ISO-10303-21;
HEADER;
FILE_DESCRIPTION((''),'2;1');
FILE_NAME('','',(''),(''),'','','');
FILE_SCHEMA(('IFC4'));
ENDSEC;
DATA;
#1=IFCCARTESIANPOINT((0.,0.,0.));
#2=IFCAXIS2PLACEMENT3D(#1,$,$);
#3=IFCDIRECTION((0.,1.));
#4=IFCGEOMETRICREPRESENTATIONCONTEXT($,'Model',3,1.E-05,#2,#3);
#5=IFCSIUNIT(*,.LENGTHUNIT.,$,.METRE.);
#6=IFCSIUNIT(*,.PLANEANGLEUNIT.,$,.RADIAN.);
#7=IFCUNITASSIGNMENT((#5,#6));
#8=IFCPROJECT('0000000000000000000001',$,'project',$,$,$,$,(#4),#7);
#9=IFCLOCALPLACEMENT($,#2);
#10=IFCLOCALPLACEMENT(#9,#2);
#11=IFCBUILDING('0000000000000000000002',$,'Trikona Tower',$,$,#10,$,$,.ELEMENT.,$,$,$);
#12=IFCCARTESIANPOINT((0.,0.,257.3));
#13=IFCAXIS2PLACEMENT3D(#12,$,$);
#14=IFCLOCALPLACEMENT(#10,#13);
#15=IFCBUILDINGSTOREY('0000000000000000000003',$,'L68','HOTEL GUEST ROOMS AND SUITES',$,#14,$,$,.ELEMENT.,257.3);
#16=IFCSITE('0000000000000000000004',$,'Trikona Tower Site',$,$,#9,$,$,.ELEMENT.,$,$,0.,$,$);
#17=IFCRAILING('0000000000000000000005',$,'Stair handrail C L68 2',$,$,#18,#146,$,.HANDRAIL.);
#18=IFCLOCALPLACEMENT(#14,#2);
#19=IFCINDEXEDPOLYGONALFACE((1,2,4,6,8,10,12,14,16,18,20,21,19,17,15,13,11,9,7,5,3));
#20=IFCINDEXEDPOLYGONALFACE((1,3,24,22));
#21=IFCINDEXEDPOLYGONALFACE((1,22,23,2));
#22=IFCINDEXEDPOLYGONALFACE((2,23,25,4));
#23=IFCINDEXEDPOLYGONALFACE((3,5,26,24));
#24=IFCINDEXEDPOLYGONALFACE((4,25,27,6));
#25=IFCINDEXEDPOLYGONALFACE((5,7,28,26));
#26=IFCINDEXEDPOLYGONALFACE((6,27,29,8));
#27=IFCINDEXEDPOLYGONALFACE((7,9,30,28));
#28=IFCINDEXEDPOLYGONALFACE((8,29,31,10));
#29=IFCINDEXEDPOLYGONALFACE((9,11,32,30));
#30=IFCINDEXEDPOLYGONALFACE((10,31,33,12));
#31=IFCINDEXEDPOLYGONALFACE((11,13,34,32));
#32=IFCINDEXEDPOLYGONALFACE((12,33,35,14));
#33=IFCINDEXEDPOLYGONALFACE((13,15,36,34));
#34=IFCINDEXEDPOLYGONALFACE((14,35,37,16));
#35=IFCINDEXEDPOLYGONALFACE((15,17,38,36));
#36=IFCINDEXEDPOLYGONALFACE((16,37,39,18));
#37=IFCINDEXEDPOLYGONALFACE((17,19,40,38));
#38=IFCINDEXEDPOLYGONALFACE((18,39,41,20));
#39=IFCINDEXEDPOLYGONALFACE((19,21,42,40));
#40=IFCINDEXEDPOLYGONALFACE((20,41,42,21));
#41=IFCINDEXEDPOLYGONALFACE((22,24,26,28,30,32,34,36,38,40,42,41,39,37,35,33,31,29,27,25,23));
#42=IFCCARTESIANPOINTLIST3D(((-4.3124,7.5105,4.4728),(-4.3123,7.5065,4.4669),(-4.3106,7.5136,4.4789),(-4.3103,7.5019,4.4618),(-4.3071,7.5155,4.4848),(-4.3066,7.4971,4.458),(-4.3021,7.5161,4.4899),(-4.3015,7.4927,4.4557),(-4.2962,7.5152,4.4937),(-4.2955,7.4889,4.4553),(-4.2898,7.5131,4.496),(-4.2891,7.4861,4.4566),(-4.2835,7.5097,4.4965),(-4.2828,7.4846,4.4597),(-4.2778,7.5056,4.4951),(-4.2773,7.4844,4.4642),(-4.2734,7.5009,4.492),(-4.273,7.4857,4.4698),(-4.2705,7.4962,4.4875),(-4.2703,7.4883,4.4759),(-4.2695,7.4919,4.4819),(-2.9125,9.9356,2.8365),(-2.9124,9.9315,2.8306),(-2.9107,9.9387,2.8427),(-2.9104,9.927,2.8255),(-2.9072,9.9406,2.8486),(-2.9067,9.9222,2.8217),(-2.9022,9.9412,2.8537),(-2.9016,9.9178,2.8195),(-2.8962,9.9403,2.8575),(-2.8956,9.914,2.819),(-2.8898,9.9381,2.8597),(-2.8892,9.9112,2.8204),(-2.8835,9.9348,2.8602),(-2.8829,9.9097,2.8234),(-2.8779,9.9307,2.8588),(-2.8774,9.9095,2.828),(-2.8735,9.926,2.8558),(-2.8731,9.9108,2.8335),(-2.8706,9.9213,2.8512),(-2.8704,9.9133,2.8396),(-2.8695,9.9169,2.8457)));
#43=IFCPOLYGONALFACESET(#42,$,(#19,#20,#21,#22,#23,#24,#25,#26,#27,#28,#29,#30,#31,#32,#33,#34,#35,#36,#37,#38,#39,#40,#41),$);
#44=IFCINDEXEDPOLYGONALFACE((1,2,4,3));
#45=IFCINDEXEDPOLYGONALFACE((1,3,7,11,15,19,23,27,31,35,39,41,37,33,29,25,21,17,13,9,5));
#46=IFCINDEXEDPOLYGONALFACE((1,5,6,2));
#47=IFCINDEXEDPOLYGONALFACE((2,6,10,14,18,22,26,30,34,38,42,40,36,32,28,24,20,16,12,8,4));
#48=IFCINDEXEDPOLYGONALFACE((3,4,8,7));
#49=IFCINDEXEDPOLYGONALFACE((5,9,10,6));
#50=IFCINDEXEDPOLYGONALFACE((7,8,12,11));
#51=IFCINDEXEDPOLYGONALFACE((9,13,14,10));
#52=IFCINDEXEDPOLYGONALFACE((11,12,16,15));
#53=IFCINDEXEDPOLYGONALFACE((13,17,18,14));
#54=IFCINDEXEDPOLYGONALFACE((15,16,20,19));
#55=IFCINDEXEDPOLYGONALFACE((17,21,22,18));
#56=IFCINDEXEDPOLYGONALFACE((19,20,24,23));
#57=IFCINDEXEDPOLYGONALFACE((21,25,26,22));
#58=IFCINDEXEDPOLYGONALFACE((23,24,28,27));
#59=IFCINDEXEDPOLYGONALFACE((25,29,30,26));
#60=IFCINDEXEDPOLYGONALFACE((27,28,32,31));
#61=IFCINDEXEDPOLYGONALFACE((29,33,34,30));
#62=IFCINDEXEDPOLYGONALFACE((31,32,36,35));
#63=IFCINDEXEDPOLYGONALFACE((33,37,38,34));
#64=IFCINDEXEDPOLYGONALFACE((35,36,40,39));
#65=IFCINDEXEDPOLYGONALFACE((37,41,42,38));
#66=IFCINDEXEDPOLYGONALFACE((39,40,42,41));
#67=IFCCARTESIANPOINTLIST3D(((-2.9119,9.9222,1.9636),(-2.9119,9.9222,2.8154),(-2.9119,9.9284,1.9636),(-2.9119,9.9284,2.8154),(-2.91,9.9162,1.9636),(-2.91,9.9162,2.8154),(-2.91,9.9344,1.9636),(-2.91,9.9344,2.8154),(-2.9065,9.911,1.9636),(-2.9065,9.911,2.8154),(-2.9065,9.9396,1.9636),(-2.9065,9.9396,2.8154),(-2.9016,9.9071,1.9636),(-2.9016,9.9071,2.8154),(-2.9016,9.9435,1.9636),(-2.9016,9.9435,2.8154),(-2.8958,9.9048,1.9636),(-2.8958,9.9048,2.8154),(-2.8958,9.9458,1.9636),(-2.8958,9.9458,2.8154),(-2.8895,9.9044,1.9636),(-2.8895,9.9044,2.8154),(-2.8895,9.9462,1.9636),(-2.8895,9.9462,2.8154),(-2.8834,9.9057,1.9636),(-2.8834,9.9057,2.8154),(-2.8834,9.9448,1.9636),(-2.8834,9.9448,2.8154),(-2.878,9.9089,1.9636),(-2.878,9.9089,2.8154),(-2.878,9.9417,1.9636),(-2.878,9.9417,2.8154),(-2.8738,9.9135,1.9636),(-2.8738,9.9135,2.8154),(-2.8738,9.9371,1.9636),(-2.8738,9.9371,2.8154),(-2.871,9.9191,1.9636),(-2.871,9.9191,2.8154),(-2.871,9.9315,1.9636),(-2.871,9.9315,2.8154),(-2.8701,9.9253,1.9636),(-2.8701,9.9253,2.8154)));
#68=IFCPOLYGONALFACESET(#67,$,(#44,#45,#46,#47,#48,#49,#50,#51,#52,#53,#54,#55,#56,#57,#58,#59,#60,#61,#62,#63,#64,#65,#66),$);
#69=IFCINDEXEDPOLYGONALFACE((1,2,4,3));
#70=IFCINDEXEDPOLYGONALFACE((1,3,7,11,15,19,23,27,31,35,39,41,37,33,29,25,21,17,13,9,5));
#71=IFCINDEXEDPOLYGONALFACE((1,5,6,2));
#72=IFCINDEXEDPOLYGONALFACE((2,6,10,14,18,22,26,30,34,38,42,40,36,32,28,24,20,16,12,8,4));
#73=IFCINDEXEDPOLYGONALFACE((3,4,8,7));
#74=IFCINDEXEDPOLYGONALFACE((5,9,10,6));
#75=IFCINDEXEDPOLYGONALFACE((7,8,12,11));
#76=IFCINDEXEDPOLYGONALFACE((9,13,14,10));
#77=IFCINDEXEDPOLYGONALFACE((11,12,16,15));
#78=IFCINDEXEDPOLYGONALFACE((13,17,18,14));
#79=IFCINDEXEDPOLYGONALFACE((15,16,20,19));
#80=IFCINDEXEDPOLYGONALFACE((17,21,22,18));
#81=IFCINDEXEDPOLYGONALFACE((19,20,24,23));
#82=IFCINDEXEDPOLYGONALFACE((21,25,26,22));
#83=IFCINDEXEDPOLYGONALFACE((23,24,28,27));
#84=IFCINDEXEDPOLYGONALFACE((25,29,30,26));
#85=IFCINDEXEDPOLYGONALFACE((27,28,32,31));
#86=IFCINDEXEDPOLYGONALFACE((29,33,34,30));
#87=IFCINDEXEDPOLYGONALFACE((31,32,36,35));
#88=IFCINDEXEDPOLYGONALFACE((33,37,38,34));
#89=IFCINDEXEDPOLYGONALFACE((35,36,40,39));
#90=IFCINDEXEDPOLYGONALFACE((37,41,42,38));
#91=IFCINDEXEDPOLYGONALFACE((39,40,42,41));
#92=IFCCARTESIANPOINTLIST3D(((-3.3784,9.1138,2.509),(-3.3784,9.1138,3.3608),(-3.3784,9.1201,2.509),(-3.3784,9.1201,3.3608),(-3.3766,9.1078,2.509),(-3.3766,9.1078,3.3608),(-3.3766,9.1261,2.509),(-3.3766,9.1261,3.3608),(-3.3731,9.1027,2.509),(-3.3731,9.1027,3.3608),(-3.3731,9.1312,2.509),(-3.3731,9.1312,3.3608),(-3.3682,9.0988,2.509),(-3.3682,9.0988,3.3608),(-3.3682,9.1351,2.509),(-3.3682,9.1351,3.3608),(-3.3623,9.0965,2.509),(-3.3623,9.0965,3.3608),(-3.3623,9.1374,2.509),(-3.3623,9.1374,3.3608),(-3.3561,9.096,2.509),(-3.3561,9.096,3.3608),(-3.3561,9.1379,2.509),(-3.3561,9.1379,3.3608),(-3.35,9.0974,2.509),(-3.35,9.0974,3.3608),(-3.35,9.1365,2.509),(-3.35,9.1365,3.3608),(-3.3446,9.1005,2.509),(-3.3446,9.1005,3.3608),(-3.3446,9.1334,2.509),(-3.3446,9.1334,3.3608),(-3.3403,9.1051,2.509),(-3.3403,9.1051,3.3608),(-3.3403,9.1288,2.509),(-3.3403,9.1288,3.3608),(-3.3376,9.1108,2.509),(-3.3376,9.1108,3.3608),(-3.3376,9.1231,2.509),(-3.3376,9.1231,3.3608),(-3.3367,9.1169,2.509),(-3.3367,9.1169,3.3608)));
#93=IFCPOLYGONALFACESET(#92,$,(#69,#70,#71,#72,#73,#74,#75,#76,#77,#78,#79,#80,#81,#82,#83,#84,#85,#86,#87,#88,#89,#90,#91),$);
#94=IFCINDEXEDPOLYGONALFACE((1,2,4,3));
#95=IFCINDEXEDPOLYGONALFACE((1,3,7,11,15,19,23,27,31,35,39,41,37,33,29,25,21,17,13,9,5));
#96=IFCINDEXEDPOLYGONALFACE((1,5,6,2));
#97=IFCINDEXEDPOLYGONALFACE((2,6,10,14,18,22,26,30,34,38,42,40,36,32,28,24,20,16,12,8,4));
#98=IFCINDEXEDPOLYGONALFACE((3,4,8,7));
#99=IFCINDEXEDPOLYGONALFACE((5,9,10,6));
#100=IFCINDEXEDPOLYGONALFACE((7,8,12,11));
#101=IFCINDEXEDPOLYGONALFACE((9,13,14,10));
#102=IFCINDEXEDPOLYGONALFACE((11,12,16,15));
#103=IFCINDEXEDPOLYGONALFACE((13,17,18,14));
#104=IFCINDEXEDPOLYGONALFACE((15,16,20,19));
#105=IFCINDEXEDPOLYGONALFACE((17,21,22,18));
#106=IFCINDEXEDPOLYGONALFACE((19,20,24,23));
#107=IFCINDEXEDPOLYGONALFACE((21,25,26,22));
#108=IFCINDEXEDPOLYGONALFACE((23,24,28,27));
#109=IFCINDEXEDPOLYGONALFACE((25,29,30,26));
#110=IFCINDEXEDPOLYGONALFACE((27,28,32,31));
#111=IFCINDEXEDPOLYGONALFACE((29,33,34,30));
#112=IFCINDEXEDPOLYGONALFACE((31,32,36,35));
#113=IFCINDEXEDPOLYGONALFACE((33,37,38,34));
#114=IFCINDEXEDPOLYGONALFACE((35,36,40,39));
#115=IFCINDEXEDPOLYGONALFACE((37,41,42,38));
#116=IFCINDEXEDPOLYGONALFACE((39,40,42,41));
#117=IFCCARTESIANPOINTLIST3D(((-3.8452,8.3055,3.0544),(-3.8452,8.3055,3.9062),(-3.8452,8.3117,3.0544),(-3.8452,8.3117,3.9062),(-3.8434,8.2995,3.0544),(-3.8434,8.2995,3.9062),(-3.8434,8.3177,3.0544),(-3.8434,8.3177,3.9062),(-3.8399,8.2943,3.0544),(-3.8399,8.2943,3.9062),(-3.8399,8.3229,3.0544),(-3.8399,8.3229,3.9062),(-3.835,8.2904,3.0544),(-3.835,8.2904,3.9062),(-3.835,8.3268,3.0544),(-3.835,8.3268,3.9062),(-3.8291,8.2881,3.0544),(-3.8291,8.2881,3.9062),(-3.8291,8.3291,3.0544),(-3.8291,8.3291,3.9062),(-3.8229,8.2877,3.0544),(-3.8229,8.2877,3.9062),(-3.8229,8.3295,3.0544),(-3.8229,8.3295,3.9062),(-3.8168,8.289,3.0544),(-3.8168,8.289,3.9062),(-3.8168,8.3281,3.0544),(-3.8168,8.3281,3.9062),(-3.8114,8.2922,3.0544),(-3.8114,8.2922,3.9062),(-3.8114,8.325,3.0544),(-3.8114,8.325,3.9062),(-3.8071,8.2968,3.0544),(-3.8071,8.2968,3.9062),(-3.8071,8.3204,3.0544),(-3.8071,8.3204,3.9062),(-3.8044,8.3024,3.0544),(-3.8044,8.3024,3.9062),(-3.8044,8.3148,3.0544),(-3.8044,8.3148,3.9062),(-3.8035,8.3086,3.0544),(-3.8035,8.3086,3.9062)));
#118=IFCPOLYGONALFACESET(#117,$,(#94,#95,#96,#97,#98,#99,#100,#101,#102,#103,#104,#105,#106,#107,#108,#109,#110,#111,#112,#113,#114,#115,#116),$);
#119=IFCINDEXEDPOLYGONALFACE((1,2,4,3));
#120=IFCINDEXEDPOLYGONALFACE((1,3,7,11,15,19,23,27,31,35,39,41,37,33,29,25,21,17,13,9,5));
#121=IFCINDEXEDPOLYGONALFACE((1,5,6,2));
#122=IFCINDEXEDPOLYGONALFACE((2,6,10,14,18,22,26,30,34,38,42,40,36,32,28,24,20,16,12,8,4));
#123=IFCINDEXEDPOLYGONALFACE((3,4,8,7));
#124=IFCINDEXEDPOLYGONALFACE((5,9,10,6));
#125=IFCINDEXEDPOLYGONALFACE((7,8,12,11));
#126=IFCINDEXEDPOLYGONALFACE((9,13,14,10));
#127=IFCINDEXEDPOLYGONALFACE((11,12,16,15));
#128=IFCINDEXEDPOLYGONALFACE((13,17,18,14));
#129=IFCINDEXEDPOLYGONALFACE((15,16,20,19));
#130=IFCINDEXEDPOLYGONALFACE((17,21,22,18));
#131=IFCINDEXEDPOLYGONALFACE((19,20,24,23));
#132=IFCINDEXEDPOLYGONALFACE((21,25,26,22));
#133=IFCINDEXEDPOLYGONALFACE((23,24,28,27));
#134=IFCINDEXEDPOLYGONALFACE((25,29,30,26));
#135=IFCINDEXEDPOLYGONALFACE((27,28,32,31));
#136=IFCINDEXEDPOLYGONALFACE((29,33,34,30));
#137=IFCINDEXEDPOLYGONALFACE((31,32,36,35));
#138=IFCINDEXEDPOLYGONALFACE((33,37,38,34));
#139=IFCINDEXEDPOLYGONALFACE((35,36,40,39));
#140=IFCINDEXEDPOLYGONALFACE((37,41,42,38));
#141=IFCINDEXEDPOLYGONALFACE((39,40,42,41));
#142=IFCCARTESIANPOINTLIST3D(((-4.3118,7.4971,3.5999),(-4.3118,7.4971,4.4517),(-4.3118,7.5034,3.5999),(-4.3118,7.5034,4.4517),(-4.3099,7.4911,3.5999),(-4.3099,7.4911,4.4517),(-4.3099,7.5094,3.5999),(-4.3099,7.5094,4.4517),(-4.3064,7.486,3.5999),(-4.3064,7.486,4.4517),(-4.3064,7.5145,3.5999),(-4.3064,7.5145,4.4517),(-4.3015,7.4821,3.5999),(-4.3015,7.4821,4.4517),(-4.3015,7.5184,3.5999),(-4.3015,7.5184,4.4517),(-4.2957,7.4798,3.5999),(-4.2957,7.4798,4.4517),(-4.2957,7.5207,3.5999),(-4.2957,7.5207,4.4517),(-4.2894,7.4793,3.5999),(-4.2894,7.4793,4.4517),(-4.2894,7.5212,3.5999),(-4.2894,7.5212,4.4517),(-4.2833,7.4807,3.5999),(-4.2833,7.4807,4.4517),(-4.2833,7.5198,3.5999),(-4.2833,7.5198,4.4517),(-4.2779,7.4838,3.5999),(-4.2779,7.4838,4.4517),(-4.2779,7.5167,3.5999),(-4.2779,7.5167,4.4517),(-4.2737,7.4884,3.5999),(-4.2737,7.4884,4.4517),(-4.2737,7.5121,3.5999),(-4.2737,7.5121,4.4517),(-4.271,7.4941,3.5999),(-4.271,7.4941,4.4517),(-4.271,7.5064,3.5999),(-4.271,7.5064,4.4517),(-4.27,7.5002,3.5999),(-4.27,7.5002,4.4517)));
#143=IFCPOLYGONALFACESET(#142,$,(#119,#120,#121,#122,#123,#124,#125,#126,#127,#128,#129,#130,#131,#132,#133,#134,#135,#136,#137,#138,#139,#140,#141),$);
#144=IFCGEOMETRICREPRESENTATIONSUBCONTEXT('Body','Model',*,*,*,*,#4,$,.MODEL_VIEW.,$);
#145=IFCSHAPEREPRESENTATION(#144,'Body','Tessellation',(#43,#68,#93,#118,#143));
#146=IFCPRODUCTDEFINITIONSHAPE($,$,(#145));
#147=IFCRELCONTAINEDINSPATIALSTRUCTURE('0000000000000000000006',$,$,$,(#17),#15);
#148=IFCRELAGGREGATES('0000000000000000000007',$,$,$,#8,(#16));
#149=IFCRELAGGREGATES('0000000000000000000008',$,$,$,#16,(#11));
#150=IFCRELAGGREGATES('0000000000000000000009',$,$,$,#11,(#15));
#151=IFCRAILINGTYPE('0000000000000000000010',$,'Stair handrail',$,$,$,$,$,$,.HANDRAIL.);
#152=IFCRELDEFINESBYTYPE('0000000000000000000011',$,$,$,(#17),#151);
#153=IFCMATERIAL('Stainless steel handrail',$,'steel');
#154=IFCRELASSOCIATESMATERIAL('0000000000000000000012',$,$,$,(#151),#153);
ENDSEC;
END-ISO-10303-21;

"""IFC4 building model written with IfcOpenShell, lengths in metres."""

from ifc_helpers import new_model, si_unit, direction, frame, origin, origin_2d, place, context, subcontext, project, spatial, circle, extrude, material, type_object, element, save


model = new_model("IFC4")

# Units and contexts
model_context = context("Model", 3, precision=1e-05, world=origin(), true_north=direction((0.0, 1.0)))
body_context = subcontext(model_context, "Body", "Model", "MODEL_VIEW")
ifc_project = project(units=[si_unit("LENGTHUNIT", "METRE"), si_unit("PLANEANGLEUNIT", "RADIAN")], contexts=[model_context])

# Site, building, storey
site_placement = place(None, origin())
site = spatial("IfcSite", under=ifc_project, at=site_placement, Name="Trikona Tower Site", CompositionType="ELEMENT", RefElevation=0.0)
building_placement = place(site_placement, origin())
building = spatial("IfcBuilding", under=site, at=building_placement, Name="Trikona Tower", CompositionType="ELEMENT")
storey_placement = place(building_placement, frame((0.0, 0.0, 257.3)))
storey = spatial("IfcBuildingStorey", under=building, at=storey_placement, Name="L68", Description="HOTEL GUEST ROOMS AND SUITES", CompositionType="ELEMENT", Elevation=257.3)

# Railing
ifc_material_1 = material(Name="Stainless steel handrail", Category="steel")
railing_type = type_object("IfcRailingType", Name="Stair handrail", PredefinedType="HANDRAIL", material=ifc_material_1)
railing_1_placement = place(storey_placement, frame((-2.8911, 9.9253, 1.9636)))
element("IfcRailing", 1, at=railing_1_placement, inside=storey, type_object=railing_type, Name="Stair handrail C L68 2", PredefinedType="HANDRAIL", context=body_context, shape_type="SweptSolid", body=[
    extrude(circle(Radius=0.0239, at=origin_2d()), frame((0.0, 0.0, 0.876), z_axis=(-0.431653, -0.747751, 0.504523), x_axis=(0.866056, -0.499946, 0.0)), (0.0, 0.0, 1.0), 3.2432),
    extrude(circle(Radius=0.021, at=origin_2d()), origin(), (0.0, 0.0, 1.0), 0.8518),
    extrude(circle(Radius=0.021, at=origin_2d()), frame((-0.4666, -0.8083, 0.5454)), (0.0, 0.0, 1.0), 0.8518),
    extrude(circle(Radius=0.021, at=origin_2d()), frame((-0.9333, -1.6167, 1.0908)), (0.0, 0.0, 1.0), 0.8518),
    extrude(circle(Radius=0.021, at=origin_2d()), frame((-1.3999, -2.425, 1.6362)), (0.0, 0.0, 1.0), 0.8518),
])

save(model, "model.ifc")
